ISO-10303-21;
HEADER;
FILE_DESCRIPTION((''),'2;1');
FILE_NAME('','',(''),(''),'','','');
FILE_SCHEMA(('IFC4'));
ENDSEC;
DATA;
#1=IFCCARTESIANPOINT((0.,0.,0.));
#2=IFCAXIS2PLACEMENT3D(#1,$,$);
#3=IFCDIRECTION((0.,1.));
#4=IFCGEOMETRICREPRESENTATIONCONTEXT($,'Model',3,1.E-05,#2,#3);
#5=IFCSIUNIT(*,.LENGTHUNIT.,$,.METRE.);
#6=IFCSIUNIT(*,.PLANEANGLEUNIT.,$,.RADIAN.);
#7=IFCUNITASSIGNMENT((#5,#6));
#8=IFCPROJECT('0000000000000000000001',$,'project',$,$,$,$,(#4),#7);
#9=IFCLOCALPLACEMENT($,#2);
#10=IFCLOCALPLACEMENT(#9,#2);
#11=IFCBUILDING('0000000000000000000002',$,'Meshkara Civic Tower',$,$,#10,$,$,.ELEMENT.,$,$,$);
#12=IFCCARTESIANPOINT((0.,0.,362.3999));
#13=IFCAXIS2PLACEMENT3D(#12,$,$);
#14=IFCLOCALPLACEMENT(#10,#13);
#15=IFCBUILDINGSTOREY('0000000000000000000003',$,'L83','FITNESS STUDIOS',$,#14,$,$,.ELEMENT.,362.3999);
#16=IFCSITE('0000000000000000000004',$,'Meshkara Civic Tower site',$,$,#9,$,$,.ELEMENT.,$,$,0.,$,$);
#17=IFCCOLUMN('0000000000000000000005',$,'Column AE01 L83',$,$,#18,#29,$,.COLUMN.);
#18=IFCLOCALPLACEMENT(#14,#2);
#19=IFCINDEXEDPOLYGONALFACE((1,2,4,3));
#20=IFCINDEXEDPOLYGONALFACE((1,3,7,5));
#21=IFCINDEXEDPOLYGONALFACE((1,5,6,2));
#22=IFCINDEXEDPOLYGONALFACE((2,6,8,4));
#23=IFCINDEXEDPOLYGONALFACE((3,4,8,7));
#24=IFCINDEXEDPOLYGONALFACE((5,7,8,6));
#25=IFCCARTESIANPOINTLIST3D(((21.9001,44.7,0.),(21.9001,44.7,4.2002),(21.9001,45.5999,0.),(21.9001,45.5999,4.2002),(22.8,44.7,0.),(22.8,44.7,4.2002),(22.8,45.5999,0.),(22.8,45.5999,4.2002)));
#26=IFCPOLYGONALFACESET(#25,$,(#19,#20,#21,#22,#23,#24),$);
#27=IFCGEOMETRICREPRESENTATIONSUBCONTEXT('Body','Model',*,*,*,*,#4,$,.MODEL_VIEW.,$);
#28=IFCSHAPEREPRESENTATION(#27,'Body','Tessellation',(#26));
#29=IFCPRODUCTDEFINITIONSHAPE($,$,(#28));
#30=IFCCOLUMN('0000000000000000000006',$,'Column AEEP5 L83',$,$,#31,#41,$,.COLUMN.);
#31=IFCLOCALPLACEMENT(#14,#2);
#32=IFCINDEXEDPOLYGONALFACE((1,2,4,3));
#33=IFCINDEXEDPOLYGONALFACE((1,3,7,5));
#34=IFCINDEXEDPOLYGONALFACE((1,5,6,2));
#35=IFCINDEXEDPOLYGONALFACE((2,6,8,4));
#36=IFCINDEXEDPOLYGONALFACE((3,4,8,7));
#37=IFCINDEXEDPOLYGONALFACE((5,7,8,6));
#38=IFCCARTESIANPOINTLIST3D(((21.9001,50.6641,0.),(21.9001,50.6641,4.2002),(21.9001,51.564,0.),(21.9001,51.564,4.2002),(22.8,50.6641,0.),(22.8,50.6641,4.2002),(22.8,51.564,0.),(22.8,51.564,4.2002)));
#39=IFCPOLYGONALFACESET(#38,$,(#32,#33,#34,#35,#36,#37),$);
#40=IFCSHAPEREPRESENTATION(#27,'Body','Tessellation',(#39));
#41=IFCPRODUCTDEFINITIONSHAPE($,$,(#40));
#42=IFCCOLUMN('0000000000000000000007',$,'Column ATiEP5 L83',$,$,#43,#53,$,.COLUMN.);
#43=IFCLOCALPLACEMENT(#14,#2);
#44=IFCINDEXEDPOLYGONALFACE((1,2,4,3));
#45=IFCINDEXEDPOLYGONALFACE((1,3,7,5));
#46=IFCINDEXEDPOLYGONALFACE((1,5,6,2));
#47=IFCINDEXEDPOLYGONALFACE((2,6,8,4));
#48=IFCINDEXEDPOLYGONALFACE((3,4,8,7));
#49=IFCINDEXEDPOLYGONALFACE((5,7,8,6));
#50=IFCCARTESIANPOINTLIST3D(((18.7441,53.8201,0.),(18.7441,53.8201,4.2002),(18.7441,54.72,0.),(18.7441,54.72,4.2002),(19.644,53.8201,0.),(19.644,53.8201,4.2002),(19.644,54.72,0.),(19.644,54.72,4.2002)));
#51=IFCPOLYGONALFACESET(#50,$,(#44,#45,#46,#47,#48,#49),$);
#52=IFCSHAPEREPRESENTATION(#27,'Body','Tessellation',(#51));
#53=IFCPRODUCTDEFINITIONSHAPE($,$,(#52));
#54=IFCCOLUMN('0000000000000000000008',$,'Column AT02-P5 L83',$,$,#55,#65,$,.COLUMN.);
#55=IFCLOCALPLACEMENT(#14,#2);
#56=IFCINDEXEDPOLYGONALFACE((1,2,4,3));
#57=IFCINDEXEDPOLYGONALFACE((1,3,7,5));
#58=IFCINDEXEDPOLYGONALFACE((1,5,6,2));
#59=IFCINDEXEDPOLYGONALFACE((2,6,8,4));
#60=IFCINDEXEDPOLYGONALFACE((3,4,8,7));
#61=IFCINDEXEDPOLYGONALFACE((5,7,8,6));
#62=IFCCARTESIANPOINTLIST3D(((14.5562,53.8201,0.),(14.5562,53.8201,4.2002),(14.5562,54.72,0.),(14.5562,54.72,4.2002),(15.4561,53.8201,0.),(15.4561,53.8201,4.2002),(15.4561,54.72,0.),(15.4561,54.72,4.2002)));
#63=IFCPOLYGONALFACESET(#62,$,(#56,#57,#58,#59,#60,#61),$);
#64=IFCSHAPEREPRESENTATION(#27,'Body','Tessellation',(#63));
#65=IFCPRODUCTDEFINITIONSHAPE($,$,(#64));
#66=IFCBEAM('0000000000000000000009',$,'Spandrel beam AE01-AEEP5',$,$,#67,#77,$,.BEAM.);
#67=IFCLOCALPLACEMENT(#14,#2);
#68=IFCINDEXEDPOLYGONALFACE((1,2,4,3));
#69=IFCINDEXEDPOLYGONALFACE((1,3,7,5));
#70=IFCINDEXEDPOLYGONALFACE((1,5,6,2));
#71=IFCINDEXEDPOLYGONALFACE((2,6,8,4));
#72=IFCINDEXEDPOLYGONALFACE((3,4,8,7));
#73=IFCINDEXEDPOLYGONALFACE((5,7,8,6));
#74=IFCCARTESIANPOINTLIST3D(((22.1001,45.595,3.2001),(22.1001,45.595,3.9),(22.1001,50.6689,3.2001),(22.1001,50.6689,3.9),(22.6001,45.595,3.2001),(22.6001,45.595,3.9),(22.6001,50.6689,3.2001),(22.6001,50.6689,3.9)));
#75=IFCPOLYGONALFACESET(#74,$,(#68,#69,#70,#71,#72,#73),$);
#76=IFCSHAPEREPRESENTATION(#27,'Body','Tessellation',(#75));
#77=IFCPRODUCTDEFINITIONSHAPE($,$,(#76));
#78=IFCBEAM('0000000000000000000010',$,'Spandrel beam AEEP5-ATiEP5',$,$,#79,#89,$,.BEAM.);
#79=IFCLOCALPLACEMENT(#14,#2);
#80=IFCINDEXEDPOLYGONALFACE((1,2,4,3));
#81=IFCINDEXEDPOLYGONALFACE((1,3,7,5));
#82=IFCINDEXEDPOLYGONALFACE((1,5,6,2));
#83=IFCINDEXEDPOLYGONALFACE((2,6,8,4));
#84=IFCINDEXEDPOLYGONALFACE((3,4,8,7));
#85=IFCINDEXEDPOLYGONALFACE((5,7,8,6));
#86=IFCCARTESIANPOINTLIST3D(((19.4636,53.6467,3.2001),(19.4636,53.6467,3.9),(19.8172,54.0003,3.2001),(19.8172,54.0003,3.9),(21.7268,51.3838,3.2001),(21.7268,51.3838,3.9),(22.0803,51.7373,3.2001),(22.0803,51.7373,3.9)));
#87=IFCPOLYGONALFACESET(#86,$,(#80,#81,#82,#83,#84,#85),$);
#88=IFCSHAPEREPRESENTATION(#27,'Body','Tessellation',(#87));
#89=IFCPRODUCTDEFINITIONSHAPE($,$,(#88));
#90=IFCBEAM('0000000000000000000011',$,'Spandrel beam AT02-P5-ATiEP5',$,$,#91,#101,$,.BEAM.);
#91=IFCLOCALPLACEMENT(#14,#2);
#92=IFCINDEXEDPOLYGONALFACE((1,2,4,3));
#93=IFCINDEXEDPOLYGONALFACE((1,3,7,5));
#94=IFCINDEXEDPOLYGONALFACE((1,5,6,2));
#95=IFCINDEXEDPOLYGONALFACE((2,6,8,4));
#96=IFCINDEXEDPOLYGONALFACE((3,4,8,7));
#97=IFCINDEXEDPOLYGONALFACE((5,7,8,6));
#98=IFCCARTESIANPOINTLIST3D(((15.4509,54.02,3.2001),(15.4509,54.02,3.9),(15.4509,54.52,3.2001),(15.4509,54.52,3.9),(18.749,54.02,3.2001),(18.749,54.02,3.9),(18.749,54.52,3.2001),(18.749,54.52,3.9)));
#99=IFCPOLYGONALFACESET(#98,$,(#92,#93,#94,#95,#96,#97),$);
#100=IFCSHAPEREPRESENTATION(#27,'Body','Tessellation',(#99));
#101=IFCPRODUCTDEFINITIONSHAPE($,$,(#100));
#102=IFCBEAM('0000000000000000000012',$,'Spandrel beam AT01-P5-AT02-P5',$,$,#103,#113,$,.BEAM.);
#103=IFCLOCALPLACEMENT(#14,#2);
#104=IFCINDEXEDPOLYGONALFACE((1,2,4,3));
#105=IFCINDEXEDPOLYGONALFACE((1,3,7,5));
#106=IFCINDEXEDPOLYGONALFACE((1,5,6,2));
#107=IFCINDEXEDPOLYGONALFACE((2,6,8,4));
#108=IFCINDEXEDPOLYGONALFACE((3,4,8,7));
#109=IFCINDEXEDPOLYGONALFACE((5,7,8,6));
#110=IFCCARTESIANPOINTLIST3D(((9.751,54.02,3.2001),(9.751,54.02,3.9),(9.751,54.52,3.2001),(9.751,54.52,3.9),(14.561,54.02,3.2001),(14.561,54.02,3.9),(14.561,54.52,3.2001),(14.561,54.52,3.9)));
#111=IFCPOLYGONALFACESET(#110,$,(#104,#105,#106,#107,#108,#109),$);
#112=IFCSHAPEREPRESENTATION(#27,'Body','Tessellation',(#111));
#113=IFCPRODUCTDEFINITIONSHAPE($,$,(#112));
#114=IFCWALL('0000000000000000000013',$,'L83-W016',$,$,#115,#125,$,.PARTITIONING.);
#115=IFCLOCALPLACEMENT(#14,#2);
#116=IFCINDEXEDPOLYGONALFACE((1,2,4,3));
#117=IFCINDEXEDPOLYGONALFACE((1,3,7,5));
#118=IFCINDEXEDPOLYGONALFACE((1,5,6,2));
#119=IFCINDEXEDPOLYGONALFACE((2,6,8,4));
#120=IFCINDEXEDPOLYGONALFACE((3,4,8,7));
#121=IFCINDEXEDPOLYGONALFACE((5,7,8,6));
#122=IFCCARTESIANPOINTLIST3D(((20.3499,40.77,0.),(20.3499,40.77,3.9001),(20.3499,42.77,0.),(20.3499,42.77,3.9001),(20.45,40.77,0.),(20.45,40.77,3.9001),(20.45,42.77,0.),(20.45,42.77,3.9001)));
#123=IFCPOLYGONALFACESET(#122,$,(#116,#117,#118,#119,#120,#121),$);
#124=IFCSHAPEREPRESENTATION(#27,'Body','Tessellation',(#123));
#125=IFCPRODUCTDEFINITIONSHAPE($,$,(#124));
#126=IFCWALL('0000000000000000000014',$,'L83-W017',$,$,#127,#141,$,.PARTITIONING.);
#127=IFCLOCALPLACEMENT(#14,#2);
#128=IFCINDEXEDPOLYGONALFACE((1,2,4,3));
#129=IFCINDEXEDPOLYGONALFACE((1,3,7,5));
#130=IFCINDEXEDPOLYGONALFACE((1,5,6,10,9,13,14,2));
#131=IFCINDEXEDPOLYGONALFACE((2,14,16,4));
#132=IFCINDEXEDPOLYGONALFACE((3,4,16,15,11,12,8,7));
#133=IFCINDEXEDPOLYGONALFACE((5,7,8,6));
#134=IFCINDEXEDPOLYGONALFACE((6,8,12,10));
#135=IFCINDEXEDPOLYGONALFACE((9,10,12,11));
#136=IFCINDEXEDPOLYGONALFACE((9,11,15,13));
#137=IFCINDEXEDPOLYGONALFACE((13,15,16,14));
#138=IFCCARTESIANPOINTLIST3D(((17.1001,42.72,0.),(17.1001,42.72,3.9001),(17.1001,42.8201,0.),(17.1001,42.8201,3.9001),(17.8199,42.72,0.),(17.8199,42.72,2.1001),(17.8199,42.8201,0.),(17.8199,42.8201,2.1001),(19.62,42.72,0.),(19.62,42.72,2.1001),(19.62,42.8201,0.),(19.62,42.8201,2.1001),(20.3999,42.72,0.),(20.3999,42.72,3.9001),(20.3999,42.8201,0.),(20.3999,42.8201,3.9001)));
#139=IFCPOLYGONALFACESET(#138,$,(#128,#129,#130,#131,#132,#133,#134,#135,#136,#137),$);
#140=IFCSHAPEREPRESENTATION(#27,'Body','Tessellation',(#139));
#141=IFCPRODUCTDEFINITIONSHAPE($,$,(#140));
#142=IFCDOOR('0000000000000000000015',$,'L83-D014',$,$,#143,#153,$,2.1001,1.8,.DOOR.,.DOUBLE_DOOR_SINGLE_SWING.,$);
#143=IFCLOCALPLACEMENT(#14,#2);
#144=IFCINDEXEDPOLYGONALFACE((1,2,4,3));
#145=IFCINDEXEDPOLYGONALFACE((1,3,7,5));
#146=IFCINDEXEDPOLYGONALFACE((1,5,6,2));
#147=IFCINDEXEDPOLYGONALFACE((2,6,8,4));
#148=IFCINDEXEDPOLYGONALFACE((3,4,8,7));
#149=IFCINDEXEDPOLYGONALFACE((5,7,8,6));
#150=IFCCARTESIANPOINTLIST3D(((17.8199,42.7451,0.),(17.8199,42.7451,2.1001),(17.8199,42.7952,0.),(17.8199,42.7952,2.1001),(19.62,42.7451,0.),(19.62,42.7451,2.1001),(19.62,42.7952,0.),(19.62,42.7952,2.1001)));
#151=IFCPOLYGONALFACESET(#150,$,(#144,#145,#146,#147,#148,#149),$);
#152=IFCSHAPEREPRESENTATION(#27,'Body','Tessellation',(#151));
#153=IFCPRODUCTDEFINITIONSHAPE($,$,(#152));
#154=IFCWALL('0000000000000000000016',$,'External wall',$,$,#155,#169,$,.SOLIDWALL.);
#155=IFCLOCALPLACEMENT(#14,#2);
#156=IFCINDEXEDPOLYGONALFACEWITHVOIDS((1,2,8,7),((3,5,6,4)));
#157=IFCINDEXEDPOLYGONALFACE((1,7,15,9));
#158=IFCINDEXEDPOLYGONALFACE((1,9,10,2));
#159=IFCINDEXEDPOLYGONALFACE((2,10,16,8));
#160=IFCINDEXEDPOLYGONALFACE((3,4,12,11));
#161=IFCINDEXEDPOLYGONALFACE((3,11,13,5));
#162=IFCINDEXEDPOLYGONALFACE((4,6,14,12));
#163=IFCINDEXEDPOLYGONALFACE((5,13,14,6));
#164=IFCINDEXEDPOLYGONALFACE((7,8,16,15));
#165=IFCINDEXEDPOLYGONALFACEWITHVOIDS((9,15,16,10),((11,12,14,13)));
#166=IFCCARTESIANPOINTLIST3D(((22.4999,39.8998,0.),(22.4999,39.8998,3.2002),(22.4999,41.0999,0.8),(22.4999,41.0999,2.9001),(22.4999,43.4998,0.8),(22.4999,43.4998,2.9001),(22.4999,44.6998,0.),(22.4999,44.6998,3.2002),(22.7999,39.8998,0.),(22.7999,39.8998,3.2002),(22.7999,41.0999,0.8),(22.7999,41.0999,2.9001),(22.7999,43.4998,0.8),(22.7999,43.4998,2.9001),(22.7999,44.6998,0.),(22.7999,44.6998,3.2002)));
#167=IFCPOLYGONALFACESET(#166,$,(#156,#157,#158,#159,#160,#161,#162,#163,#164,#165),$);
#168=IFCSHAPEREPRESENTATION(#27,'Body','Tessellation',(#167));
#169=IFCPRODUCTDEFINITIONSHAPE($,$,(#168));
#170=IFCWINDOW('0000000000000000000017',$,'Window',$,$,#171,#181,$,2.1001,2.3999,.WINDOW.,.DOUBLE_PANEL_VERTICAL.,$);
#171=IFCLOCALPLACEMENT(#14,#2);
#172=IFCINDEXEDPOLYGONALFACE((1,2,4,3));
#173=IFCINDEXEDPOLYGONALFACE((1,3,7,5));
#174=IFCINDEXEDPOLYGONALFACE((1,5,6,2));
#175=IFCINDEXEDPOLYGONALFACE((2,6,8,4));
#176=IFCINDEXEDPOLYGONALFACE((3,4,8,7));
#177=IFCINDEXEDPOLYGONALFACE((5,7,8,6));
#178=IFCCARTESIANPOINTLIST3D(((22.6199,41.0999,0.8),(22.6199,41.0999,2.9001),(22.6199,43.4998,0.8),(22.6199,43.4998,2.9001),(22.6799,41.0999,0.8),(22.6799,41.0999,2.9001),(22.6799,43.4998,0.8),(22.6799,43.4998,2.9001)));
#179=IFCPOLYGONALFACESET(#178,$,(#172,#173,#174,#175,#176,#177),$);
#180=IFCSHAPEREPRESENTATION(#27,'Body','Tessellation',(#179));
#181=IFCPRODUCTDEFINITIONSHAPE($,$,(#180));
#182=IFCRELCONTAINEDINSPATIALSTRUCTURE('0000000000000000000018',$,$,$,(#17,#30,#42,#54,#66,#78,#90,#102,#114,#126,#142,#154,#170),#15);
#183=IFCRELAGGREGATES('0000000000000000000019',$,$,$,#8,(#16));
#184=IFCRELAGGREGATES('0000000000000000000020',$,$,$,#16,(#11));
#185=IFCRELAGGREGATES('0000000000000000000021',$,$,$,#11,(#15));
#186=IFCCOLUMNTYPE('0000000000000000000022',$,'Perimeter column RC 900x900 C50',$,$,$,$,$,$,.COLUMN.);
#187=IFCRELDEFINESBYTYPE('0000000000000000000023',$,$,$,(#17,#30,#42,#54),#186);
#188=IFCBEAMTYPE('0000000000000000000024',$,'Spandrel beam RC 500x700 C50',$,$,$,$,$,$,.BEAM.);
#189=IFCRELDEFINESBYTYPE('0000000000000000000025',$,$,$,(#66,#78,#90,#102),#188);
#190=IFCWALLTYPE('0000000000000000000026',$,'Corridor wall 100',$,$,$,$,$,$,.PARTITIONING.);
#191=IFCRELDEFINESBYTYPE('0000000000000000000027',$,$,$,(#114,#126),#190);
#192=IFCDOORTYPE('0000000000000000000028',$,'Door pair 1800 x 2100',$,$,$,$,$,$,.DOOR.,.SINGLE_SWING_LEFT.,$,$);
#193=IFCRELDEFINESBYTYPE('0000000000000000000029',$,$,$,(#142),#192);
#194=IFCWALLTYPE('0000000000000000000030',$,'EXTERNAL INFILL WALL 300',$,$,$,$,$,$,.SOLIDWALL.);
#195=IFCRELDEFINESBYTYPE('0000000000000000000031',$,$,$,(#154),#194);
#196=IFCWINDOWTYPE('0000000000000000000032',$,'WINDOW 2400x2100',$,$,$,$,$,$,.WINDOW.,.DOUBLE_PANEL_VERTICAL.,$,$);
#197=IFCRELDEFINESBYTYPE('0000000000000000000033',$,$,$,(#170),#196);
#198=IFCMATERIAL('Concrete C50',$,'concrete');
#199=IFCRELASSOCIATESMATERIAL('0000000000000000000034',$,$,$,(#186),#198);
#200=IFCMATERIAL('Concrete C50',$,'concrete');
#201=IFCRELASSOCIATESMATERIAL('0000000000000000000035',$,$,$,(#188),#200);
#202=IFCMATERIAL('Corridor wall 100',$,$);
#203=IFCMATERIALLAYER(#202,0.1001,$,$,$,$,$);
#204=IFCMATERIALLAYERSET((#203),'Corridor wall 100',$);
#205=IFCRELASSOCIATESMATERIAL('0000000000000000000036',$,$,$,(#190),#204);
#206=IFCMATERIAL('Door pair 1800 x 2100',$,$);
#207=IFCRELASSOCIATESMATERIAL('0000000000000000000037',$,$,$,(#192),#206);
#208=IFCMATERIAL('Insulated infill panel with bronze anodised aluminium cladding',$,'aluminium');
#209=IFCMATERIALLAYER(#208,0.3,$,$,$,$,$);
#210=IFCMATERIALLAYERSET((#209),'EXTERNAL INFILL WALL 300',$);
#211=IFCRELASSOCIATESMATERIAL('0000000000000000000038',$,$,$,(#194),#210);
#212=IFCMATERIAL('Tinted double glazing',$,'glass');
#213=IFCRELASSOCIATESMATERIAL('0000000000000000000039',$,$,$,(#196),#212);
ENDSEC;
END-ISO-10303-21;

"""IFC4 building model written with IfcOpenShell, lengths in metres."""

from ifc_helpers import new_model, si_unit, direction, frame, frame_2d, origin, origin_2d, place, context, subcontext, project, spatial, rectangle, extrude, material, layer, layer_set, material_profile, profile_set, type_object, element, fill, save


model = new_model("IFC4")

# Units and contexts
model_context = context("Model", 3, precision=1e-05, world=origin(), true_north=direction((0.0, 1.0)))
body_context = subcontext(model_context, "Body", "Model", "MODEL_VIEW")
ifc_project = project(units=[si_unit("LENGTHUNIT", "METRE"), si_unit("PLANEANGLEUNIT", "RADIAN")], contexts=[model_context])

# Site, building, storey
site_placement = place(None, origin())
site = spatial("IfcSite", under=ifc_project, at=site_placement, Name="Meshkara Civic Tower site", CompositionType="ELEMENT", RefElevation=0.0)
building_placement = place(site_placement, origin())
building = spatial("IfcBuilding", under=site, at=building_placement, Name="Meshkara Civic Tower", CompositionType="ELEMENT")
storey_placement = place(building_placement, frame((0.0, 0.0, 362.3999)))
storey = spatial("IfcBuildingStorey", under=building, at=storey_placement, Name="L83", Description="FITNESS STUDIOS", CompositionType="ELEMENT", Elevation=362.3999)

# Columns
ifc_material_1 = material(Name="Concrete C50", Category="concrete")
ifc_material_profile_1 = material_profile(ifc_material_1, rectangle(XDim=0.8999, YDim=0.8999, at=origin_2d()))
ifc_profile_set_1 = profile_set([ifc_material_profile_1], Name="Concrete C50")
column_type = type_object("IfcColumnType", Name="Perimeter column RC 900x900 C50", PredefinedType="COLUMN", material=ifc_profile_set_1)
for number, where, z_axis, x_axis, name in (
    (1, (22.3501, 45.1499, 0.0), (0.0, 0.0, 1.0), (1.0, 0.0, 0.0), "Column AE01 L83"),
    (2, (22.3501, 51.114, 0.0), (0.0, 0.0, 1.0), (1.0, 0.0, 0.0), "Column AEEP5 L83"),
    (3, (19.1941, 54.27, 0.0), (0.0, 0.0, 1.0), (1.0, 0.0, 0.0), "Column ATiEP5 L83"),
    (4, (15.0061, 54.27, 0.0), (0.0, 0.0, 1.0), (1.0, 0.0, 0.0), "Column AT02-P5 L83"),
):
    element("IfcColumn", number, at=place(storey_placement, frame(where, z_axis=z_axis, x_axis=x_axis)), inside=storey, type_object=column_type, Name=name, PredefinedType="COLUMN", context=body_context, shape_type="SweptSolid", body=[
        extrude(rectangle(XDim=0.8999, YDim=0.8999, at=origin_2d()), origin(), (0.0, 0.0, 1.0), 4.2002),
    ])

# Beams
ifc_material_2 = material(Name="Concrete C50", Category="concrete")
ifc_material_profile_2 = material_profile(ifc_material_2, rectangle(XDim=0.5, YDim=0.7, at=origin_2d()))
ifc_profile_set_2 = profile_set([ifc_material_profile_2], Name="Concrete C50")
beam_type = type_object("IfcBeamType", Name="Spandrel beam RC 500x700 C50", PredefinedType="BEAM", material=ifc_profile_set_2)
beam_1_placement = place(storey_placement, frame((22.3501, 45.595, 3.55), z_axis=(0.0, 1.0, 0.0), x_axis=(-1.0, 0.0, 0.0)))
element("IfcBeam", 5, at=beam_1_placement, inside=storey, type_object=beam_type, Name="Spandrel beam AE01-AEEP5", PredefinedType="BEAM", context=body_context, shape_type="SweptSolid", body=[
    extrude(rectangle(XDim=0.5, YDim=0.7, at=origin_2d()), origin(), (0.0, 0.0, 1.0), 5.074),
])
beam_2_placement = place(storey_placement, frame((21.9036, 51.5605, 3.55), z_axis=(-0.707145, 0.707069, 0.0), x_axis=(-0.707069, -0.707145, 0.0)))
element("IfcBeam", 6, at=beam_2_placement, inside=storey, type_object=beam_type, Name="Spandrel beam AEEP5-ATiEP5", PredefinedType="BEAM", context=body_context, shape_type="SweptSolid", body=[
    extrude(rectangle(XDim=0.5, YDim=0.7, at=origin_2d()), origin(), (0.0, 0.0, 1.0), 3.2004),
])
beam_3_placement = place(storey_placement, frame((18.749, 54.27, 3.55), z_axis=(-1.0, 0.0, 0.0), x_axis=(0.0, -1.0, 0.0)))
element("IfcBeam", 7, at=beam_3_placement, inside=storey, type_object=beam_type, Name="Spandrel beam AT02-P5-ATiEP5", PredefinedType="BEAM", context=body_context, shape_type="SweptSolid", body=[
    extrude(rectangle(XDim=0.5, YDim=0.7, at=origin_2d()), origin(), (0.0, 0.0, 1.0), 3.2981),
])
beam_4_placement = place(storey_placement, frame((14.561, 54.27, 3.55), z_axis=(-1.0, 0.0, 0.0), x_axis=(0.0, -1.0, 0.0)))
element("IfcBeam", 8, at=beam_4_placement, inside=storey, type_object=beam_type, Name="Spandrel beam AT01-P5-AT02-P5", PredefinedType="BEAM", context=body_context, shape_type="SweptSolid", body=[
    extrude(rectangle(XDim=0.5, YDim=0.7, at=origin_2d()), origin(), (0.0, 0.0, 1.0), 4.8101),
])

# Wall
ifc_material_3 = material(Name="Corridor wall 100")
ifc_layer_1 = layer(ifc_material_3, 0.1001)
ifc_layer_set_1 = layer_set([ifc_layer_1], Name="Corridor wall 100")
wall_type_1 = type_object("IfcWallType", Name="Corridor wall 100", PredefinedType="PARTITIONING", material=ifc_layer_set_1)
wall_1_placement = place(storey_placement, frame((20.3999, 40.77, 0.0), z_axis=(0.0, 0.0, 1.0), x_axis=(0.0, 1.0, 0.0)))
element("IfcWall", 9, at=wall_1_placement, inside=storey, type_object=wall_type_1, Name="L83-W016", PredefinedType="PARTITIONING", context=body_context, shape_type="SweptSolid", body=[
    extrude(rectangle(XDim=2.0, YDim=0.1001, at=frame_2d((1.0, 0.0))), origin(), (0.0, 0.0, 1.0), 3.9001),
])

# Wall, opening, door
wall_2_placement = place(storey_placement, frame((20.3999, 42.77, 0.0), z_axis=(0.0, 0.0, 1.0), x_axis=(-1.0, 0.0, 0.0)))
wall_2 = element("IfcWall", 10, at=wall_2_placement, inside=storey, type_object=wall_type_1, Name="L83-W017", PredefinedType="PARTITIONING", context=body_context, shape_type="SweptSolid", body=[
    extrude(rectangle(XDim=3.2998, YDim=0.1001, at=frame_2d((1.6499, 0.0))), origin(), (0.0, 0.0, 1.0), 3.9001),
])
opening_1_placement = place(wall_2_placement, frame((0.78, 0.0, 0.0)))
opening_1 = element("IfcOpeningElement", 11, at=opening_1_placement, cuts=wall_2, PredefinedType="OPENING", context=body_context, shape_type="SweptSolid", body=[
    extrude(rectangle(XDim=1.8, YDim=2.1001, at=frame_2d((0.8999, 1.05))), frame((0.0, 0.0601, 0.0), z_axis=(0.0, -1.0, 0.0), x_axis=(1.0, 0.0, 0.0)), (0.0, 0.0, 1.0), 0.1201),
])
ifc_material_4 = material(Name="Door pair 1800 x 2100")
door_type = type_object("IfcDoorType", Name="Door pair 1800 x 2100", OperationType="SINGLE_SWING_LEFT", PredefinedType="DOOR", material=ifc_material_4)
door_placement = place(opening_1_placement, origin())
door = element("IfcDoor", 12, at=door_placement, inside=storey, type_object=door_type, Name="L83-D014", OperationType="DOUBLE_DOOR_SINGLE_SWING", OverallHeight=2.1001, OverallWidth=1.8, PredefinedType="DOOR", context=body_context, shape_type="SweptSolid", body=[
    extrude(rectangle(XDim=1.8, YDim=2.1001, at=frame_2d((0.8999, 1.05))), frame((0.0, 0.0249, 0.0), z_axis=(0.0, -1.0, 0.0), x_axis=(1.0, 0.0, 0.0)), (0.0, 0.0, 1.0), 0.05),
])
fill(opening_1, door)

# Wall, opening, window
ifc_material_5 = material(Name="Insulated infill panel with bronze anodised aluminium cladding", Category="aluminium")
ifc_layer_2 = layer(ifc_material_5, 0.3)
ifc_layer_set_2 = layer_set([ifc_layer_2], Name="EXTERNAL INFILL WALL 300")
wall_type_2 = type_object("IfcWallType", Name="EXTERNAL INFILL WALL 300", PredefinedType="SOLIDWALL", material=ifc_layer_set_2)
wall_3_placement = place(storey_placement, frame((22.6499, 39.8999, 0.0), z_axis=(0.0, 0.0, 1.0), x_axis=(0.0, 1.0, 0.0)))
wall_3 = element("IfcWall", 13, at=wall_3_placement, inside=storey, type_object=wall_type_2, Name="External wall", PredefinedType="SOLIDWALL", context=body_context, shape_type="SweptSolid", body=[
    extrude(rectangle(XDim=4.8, YDim=0.3, at=frame_2d((2.3999, 0.0))), origin(), (0.0, 0.0, 1.0), 3.2002),
])
opening_2_placement = place(wall_3_placement, frame((1.2, 0.0, 0.8)))
opening_2 = element("IfcOpeningElement", 14, at=opening_2_placement, cuts=wall_3, PredefinedType="OPENING", context=body_context, shape_type="SweptSolid", body=[
    extrude(rectangle(XDim=2.3999, YDim=2.1001, at=frame_2d((1.2, 1.05))), frame((0.0, 0.1599, 0.0), z_axis=(0.0, -1.0, 0.0), x_axis=(1.0, 0.0, 0.0)), (0.0, 0.0, 1.0), 0.3201),
])
ifc_material_6 = material(Name="Tinted double glazing", Category="glass")
window_type = type_object("IfcWindowType", Name="WINDOW 2400x2100", PartitioningType="DOUBLE_PANEL_VERTICAL", PredefinedType="WINDOW", material=ifc_material_6)
window_1_placement = place(opening_2_placement, origin())
window_1 = element("IfcWindow", 15, at=window_1_placement, inside=storey, type_object=window_type, Name="Window", OverallHeight=2.1001, OverallWidth=2.3999, PartitioningType="DOUBLE_PANEL_VERTICAL", PredefinedType="WINDOW", context=body_context, shape_type="SweptSolid", body=[
    extrude(rectangle(XDim=2.3999, YDim=2.1001, at=frame_2d((1.2, 1.05))), frame((0.0, 0.03, 0.0), z_axis=(0.0, -1.0, 0.0), x_axis=(1.0, 0.0, 0.0)), (0.0, 0.0, 1.0), 0.0601),
])
fill(opening_2, window_1)

save(model, "model.ifc")
